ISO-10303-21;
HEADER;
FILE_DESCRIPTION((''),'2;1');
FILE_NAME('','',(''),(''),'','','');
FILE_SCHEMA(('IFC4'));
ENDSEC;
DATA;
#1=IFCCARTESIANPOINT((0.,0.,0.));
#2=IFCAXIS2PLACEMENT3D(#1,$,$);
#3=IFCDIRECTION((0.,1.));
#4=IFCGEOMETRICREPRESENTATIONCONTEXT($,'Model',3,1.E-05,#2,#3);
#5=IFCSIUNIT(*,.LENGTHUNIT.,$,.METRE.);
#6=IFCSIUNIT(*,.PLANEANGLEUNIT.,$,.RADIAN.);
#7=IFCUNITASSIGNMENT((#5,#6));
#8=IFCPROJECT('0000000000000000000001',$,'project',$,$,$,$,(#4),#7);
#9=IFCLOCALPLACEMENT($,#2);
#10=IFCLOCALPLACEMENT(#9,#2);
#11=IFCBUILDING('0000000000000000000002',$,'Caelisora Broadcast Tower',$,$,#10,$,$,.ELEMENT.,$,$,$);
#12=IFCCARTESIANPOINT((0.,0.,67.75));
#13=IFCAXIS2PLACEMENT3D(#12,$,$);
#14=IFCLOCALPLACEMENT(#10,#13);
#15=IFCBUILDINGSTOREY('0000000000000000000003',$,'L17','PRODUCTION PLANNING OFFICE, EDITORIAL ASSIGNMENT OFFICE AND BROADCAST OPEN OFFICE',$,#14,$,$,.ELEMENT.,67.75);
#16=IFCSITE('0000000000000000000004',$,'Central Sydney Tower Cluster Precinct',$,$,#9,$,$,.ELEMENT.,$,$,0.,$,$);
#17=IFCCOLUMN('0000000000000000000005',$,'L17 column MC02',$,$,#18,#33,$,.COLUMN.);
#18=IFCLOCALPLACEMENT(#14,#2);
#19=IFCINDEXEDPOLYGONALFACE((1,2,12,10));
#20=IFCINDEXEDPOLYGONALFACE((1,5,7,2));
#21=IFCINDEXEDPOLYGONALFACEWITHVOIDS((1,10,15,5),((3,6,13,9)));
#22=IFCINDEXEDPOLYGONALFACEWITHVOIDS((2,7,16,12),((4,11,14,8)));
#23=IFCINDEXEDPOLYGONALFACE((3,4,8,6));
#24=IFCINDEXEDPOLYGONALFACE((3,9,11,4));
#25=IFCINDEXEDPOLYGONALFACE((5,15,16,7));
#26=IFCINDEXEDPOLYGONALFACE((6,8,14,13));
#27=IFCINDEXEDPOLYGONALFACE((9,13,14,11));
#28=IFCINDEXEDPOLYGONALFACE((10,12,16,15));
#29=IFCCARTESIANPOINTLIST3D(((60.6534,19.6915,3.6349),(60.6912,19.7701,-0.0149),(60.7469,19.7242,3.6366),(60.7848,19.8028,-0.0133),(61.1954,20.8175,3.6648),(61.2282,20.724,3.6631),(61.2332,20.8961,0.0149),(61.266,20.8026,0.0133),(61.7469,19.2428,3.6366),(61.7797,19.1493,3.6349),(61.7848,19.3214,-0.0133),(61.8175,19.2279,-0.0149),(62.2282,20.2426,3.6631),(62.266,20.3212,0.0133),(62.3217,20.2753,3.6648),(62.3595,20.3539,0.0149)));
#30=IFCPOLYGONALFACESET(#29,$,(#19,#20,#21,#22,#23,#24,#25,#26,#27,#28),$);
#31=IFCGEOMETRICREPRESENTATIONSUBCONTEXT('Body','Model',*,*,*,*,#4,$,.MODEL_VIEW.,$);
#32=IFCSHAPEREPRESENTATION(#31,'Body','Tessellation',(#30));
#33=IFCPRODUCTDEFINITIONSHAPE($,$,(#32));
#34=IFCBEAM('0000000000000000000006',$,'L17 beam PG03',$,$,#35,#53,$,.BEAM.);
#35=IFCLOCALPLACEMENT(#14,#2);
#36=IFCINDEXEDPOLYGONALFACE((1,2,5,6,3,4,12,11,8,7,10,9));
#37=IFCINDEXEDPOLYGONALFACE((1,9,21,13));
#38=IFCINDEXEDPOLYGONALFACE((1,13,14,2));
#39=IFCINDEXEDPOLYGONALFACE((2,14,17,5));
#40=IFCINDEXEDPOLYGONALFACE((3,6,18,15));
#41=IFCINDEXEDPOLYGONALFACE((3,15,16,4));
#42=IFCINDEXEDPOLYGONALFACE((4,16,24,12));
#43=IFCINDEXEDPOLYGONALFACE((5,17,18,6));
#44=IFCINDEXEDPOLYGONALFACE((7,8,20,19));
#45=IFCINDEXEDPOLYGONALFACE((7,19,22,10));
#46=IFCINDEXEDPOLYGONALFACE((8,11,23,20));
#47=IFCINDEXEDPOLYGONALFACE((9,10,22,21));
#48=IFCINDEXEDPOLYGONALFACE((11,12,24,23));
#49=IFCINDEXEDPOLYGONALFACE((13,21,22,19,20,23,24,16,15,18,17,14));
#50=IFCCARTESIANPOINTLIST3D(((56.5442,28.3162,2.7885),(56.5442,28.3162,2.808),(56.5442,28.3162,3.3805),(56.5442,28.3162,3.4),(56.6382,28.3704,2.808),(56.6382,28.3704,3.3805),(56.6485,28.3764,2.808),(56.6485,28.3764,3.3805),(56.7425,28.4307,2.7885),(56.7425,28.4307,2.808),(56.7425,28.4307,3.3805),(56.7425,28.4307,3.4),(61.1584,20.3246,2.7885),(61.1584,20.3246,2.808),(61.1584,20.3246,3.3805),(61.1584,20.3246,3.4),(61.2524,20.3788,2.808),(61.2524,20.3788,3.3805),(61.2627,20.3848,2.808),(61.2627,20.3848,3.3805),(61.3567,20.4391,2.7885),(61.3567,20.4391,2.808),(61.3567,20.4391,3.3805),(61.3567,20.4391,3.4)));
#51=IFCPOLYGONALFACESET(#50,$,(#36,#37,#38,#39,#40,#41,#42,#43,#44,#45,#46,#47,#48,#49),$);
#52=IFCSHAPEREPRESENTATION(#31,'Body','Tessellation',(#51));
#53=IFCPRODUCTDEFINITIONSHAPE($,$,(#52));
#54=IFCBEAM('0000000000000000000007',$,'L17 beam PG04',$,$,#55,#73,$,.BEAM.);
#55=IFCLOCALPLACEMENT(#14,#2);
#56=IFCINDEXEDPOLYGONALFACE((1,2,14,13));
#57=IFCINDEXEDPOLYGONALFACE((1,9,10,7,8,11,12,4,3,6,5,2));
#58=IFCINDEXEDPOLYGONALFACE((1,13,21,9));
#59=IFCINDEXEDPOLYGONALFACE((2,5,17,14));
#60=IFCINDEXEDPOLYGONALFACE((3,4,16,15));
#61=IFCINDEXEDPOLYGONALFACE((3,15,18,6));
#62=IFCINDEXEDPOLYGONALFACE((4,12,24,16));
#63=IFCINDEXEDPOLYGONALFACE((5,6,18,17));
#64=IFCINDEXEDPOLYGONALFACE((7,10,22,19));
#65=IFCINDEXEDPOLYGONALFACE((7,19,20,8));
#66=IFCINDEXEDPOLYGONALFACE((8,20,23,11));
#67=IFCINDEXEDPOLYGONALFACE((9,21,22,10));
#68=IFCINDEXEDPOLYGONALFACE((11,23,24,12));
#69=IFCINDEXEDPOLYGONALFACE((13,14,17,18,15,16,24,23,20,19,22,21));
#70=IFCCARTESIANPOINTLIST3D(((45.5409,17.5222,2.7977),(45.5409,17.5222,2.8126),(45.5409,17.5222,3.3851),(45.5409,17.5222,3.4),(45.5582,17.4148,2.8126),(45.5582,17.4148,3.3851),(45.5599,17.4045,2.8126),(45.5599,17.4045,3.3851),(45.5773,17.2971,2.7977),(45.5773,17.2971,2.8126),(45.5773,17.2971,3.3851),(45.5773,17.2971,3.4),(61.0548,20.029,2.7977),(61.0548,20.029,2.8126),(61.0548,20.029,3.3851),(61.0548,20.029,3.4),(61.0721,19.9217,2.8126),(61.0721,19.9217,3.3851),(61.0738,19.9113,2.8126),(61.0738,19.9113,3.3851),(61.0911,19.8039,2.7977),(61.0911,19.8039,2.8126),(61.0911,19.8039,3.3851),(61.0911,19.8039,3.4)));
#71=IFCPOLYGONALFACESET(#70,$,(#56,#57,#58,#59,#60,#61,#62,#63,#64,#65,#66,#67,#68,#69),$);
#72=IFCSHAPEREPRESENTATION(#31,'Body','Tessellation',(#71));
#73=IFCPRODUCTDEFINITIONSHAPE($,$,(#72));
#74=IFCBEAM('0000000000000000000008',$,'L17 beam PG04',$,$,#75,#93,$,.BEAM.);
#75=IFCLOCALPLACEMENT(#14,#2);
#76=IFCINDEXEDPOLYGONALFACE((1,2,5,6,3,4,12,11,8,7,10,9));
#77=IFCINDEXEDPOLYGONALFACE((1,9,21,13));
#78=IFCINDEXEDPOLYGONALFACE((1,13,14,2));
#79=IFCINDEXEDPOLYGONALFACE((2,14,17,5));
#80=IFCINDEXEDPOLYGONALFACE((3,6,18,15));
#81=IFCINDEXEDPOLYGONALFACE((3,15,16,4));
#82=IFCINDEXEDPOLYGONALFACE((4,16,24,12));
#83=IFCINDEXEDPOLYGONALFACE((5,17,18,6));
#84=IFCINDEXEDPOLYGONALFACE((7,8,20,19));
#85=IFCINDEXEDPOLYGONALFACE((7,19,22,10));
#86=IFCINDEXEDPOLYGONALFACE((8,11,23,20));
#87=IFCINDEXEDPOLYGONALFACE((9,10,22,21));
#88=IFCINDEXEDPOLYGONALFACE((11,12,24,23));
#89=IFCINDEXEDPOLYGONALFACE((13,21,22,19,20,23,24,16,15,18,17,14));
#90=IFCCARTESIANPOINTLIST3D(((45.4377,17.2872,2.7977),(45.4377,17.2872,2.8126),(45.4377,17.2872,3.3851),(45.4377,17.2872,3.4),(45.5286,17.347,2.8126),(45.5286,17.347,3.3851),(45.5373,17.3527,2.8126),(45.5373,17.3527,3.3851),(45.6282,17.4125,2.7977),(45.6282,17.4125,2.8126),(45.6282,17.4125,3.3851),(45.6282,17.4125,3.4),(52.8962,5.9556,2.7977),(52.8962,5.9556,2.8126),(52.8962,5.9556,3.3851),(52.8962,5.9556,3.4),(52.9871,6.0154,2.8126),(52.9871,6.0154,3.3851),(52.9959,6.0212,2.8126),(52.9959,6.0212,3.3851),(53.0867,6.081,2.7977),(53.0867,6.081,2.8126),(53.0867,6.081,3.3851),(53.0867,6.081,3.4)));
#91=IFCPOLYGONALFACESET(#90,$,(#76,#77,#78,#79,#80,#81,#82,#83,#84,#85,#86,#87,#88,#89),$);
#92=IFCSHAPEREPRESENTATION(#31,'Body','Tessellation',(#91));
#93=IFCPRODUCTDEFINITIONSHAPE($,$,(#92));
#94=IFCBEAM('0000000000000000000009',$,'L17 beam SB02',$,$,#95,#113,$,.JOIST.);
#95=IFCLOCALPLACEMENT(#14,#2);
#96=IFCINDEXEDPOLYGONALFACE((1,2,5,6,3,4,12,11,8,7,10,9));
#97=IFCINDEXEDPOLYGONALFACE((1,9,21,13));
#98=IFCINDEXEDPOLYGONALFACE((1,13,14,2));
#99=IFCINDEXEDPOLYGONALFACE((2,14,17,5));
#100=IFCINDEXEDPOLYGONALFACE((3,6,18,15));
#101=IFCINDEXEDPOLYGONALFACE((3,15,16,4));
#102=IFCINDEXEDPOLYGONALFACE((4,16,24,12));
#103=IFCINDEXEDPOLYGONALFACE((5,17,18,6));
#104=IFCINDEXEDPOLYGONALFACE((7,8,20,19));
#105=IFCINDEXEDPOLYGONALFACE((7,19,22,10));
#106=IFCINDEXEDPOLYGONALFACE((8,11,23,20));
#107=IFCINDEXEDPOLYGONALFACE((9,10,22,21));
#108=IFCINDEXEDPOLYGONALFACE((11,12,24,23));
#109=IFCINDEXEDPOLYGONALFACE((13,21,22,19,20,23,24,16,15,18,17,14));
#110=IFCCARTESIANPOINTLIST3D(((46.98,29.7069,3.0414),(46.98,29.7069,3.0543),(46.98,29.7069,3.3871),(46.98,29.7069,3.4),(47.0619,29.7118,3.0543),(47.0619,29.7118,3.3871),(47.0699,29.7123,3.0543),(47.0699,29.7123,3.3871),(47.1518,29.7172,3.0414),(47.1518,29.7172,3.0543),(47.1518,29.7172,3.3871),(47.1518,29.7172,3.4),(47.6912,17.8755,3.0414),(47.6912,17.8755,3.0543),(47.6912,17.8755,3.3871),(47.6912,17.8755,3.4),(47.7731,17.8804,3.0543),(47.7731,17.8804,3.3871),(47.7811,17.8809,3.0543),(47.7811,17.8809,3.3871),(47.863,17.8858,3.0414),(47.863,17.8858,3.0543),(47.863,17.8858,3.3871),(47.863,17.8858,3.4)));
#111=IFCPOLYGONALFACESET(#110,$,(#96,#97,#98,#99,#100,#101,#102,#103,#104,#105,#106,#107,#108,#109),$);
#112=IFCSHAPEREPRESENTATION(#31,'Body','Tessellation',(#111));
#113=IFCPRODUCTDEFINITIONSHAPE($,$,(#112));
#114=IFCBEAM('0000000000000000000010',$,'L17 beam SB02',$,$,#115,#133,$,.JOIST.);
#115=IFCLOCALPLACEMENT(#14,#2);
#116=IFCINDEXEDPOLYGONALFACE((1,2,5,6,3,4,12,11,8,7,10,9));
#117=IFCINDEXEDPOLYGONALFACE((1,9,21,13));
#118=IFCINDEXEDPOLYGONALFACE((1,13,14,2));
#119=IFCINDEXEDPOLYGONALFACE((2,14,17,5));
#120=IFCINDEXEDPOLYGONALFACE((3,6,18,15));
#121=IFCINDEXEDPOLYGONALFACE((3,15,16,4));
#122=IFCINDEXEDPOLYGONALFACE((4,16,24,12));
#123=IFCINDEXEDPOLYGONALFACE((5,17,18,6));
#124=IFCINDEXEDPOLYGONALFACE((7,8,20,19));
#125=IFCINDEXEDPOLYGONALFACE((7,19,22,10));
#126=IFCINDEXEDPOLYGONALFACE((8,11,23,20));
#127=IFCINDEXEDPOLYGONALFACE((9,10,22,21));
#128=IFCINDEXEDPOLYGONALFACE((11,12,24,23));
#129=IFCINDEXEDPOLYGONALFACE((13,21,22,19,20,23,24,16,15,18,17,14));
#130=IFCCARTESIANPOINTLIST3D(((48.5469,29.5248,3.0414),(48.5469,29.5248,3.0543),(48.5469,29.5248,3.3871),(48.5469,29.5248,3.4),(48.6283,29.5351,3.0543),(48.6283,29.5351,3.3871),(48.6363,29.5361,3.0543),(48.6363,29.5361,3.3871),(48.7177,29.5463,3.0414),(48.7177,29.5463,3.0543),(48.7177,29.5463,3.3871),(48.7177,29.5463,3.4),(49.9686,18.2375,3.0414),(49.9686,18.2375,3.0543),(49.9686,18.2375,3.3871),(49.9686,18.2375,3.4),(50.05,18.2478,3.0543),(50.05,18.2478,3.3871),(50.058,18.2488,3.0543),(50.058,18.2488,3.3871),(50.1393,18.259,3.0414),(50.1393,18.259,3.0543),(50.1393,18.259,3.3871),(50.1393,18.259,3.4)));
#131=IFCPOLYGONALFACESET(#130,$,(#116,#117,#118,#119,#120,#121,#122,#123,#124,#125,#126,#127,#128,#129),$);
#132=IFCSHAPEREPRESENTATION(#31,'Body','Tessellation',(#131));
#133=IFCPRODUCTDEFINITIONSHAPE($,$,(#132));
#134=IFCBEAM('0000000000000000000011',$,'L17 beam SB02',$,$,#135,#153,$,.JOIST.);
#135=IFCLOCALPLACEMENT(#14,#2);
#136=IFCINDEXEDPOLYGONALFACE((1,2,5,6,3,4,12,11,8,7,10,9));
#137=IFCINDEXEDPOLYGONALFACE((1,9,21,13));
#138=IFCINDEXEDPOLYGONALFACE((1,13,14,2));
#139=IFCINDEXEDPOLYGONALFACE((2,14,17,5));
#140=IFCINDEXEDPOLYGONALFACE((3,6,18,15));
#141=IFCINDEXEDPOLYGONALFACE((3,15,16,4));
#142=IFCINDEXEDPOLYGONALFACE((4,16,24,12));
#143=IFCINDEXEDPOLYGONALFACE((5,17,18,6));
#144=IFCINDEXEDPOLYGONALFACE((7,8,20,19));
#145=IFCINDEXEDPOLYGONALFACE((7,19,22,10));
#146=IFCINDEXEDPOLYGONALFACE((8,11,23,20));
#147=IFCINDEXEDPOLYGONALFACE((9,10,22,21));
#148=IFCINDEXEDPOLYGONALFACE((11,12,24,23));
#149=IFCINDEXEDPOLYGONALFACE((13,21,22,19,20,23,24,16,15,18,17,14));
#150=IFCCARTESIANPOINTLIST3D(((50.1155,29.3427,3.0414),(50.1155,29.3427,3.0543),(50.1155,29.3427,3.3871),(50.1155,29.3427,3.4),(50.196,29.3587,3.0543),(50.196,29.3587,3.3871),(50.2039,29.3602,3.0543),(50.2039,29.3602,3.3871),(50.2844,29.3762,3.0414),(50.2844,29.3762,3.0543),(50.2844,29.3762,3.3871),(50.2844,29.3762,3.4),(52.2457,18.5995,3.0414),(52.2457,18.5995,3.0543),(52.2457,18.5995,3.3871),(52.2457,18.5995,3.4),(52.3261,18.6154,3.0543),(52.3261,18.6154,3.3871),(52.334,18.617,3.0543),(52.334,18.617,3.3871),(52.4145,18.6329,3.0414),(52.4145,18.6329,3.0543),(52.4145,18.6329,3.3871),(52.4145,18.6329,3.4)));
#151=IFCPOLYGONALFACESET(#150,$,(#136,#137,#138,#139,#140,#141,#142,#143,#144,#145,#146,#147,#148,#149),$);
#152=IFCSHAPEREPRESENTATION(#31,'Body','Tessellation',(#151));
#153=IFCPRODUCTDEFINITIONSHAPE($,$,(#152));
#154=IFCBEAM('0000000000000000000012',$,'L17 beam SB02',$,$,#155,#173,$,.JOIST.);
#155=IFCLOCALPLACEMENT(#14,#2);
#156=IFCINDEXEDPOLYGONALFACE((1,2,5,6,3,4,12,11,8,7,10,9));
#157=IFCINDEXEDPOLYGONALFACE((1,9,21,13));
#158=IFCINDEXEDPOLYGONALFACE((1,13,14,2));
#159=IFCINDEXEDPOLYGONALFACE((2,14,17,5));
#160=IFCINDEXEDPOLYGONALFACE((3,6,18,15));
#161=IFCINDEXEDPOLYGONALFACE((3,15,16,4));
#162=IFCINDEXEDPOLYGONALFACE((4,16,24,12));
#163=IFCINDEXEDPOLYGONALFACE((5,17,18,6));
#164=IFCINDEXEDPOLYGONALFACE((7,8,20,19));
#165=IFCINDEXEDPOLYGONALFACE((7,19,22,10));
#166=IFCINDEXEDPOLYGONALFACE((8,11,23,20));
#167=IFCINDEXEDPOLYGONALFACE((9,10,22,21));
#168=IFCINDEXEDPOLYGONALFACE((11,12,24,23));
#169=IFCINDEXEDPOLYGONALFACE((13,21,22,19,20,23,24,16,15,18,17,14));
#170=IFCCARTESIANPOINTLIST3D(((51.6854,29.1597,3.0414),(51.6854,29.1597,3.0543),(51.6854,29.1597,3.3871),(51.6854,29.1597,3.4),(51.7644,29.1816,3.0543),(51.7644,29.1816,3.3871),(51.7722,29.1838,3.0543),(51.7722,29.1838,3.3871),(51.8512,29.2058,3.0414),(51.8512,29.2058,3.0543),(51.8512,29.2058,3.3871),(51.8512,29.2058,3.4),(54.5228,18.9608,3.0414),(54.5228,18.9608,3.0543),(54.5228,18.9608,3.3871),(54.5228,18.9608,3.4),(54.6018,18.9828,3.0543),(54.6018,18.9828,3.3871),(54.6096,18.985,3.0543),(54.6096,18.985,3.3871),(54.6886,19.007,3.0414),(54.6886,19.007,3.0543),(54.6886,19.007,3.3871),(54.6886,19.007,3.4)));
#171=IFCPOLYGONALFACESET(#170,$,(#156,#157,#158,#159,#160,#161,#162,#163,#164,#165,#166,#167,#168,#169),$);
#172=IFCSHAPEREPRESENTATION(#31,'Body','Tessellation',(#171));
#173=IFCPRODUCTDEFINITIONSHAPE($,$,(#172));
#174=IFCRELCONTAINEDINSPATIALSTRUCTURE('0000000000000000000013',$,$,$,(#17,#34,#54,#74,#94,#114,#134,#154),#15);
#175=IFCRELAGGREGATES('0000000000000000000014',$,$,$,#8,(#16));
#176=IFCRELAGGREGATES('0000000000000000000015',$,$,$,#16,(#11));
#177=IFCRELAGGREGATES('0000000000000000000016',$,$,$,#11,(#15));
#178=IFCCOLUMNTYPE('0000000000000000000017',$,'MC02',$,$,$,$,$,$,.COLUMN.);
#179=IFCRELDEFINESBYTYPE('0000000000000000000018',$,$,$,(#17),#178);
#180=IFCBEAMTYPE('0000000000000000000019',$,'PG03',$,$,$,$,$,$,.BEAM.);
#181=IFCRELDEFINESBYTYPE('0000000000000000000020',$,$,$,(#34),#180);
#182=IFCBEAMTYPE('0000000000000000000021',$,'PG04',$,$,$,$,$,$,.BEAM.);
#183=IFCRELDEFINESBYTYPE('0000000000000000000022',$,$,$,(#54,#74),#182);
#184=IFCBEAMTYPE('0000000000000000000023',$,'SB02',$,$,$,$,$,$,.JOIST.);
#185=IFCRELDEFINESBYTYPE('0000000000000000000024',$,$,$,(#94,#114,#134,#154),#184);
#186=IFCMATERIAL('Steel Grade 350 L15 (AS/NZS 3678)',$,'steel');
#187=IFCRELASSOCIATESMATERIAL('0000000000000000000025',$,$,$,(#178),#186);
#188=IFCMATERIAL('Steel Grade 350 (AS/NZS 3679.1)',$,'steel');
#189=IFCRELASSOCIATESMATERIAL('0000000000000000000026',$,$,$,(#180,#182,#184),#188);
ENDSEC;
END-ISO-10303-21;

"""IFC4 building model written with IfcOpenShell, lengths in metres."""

from ifc_helpers import new_model, si_unit, direction, frame, origin, origin_2d, place, context, subcontext, project, spatial, hollow_rectangle, i_section, extrude, source, transform, mapped, material, material_profile, profile_set, type_object, type_shapes, element, save


model = new_model("IFC4")

# Units and contexts
model_context = context("Model", 3, precision=1e-05, world=origin(), true_north=direction((0.0, 1.0)))
body_context = subcontext(model_context, "Body", "Model", "MODEL_VIEW")
ifc_project = project(units=[si_unit("LENGTHUNIT", "METRE"), si_unit("PLANEANGLEUNIT", "RADIAN")], contexts=[model_context])

# Site, building, storey
site_placement = place(None, origin())
site = spatial("IfcSite", under=ifc_project, at=site_placement, Name="Central Sydney Tower Cluster Precinct", CompositionType="ELEMENT", RefElevation=0.0)
building_placement = place(site_placement, origin())
building = spatial("IfcBuilding", under=site, at=building_placement, Name="Caelisora Broadcast Tower", CompositionType="ELEMENT")
storey_placement = place(building_placement, frame((0.0, 0.0, 67.75)))
storey = spatial("IfcBuildingStorey", under=building, at=storey_placement, Name="L17", Description="PRODUCTION PLANNING OFFICE, EDITORIAL ASSIGNMENT OFFICE AND BROADCAST OPEN OFFICE", CompositionType="ELEMENT", Elevation=67.75)

# Column
ifc_material_1 = material(Name="Steel Grade 350 L15 (AS/NZS 3678)", Category="steel")
ifc_material_profile_1 = material_profile(ifc_material_1, hollow_rectangle(XDim=1.25, YDim=1.25, WallThickness=0.0701, at=origin_2d()), Name="Steel Grade 350 L15 (AS/NZS 3678)")
ifc_profile_set_1 = profile_set([ifc_material_profile_1], Name="Steel Grade 350 L15 (AS/NZS 3678)")
column_type = type_object("IfcColumnType", Name="MC02", PredefinedType="COLUMN", material=ifc_profile_set_1)
shared_shape_1 = source(origin(), body_context, "Body", "SweptSolid", [
    extrude(hollow_rectangle(XDim=1.25, YDim=1.25, WallThickness=0.0701, at=origin_2d()), origin(), (0.0, 0.0, 1.0), 3.6509),
])
type_shapes(column_type, [shared_shape_1])
column_placement = place(storey_placement, frame((61.5254, 20.062, 0.0), z_axis=(-0.010365, -0.021532, 0.999714), x_axis=(0.901042, -0.433731, 0.0)))
element("IfcColumn", 1, at=column_placement, inside=storey, type_object=column_type, Name="L17 column MC02", PredefinedType="COLUMN", context=body_context, shape_type="MappedRepresentation", body=[
    mapped(shared_shape_1, transform((0.0, 0.0, 0.0), scale=1.0)),
])

# Beams
ifc_material_2 = material(Name="Steel Grade 350 (AS/NZS 3679.1)", Category="steel")
ifc_material_profile_2 = material_profile(ifc_material_2, i_section(OverallWidth=0.229, OverallDepth=0.6116, WebThickness=0.012, FlangeThickness=0.0195, at=origin_2d()), Name="Steel Grade 350 (AS/NZS 3679.1)")
ifc_profile_set_2 = profile_set([ifc_material_profile_2], Name="Steel Grade 350 (AS/NZS 3679.1)")
beam_type_1 = type_object("IfcBeamType", Name="PG03", PredefinedType="BEAM", material=ifc_profile_set_2)
shared_shape_2 = source(origin(), body_context, "Body", "SweptSolid", [
    extrude(i_section(OverallWidth=0.229, OverallDepth=0.6116, WebThickness=0.012, FlangeThickness=0.0195, at=origin_2d()), origin(), (0.0, 0.0, 1.0), 9.228),
])
type_shapes(beam_type_1, [shared_shape_2])
beam_1_placement = place(storey_placement, frame((61.2576, 20.3818, 3.0942), z_axis=(-0.50002, 0.866014, 0.0), x_axis=(-0.866014, -0.50002, 0.0)))
element("IfcBeam", 2, at=beam_1_placement, inside=storey, type_object=beam_type_1, Name="L17 beam PG03", PredefinedType="BEAM", context=body_context, shape_type="MappedRepresentation", body=[
    mapped(shared_shape_2, transform((0.0, 0.0, 0.0), scale=1.0)),
])
ifc_material_profile_3 = material_profile(ifc_material_2, i_section(OverallWidth=0.228, OverallDepth=0.6023, WebThickness=0.0105, FlangeThickness=0.0149, at=origin_2d()), Name="Steel Grade 350 (AS/NZS 3679.1)")
ifc_profile_set_3 = profile_set([ifc_material_profile_3], Name="Steel Grade 350 (AS/NZS 3679.1)")
beam_type_2 = type_object("IfcBeamType", Name="PG04", PredefinedType="BEAM", material=ifc_profile_set_3)
shared_shape_3 = source(origin(), body_context, "Body", "SweptSolid", [
    extrude(i_section(OverallWidth=0.228, OverallDepth=0.6023, WebThickness=0.0105, FlangeThickness=0.0149, at=origin_2d()), origin(), (0.0, 0.0, 1.0), 15.7151),
])
beam_2_placement = place(storey_placement, frame((45.5591, 17.4097, 3.0989), z_axis=(0.987195, 0.159517, 0.0), x_axis=(-0.159517, 0.987195, 0.0)))
element("IfcBeam", 3, at=beam_2_placement, inside=storey, type_object=beam_type_2, Name="L17 beam PG04", PredefinedType="BEAM", context=body_context, shape_type="MappedRepresentation", body=[
    mapped(shared_shape_3, transform((0.0, 0.0, 0.0), scale=1.0)),
])
shared_shape_4 = source(origin(), body_context, "Body", "SweptSolid", [
    extrude(i_section(OverallWidth=0.228, OverallDepth=0.6023, WebThickness=0.0105, FlangeThickness=0.0149, at=origin_2d()), origin(), (0.0, 0.0, 1.0), 13.5659),
])
type_shapes(beam_type_2, [shared_shape_3, shared_shape_4])
beam_3_placement = place(storey_placement, frame((45.533, 17.3499, 3.0989), z_axis=(0.549798, -0.835297, 0.0), x_axis=(0.835297, 0.549798, 0.0)))
element("IfcBeam", 4, at=beam_3_placement, inside=storey, type_object=beam_type_2, Name="L17 beam PG04", PredefinedType="BEAM", context=body_context, shape_type="MappedRepresentation", body=[
    mapped(shared_shape_4, transform((0.0, 0.0, 0.0), scale=1.0)),
])
ifc_material_profile_4 = material_profile(ifc_material_2, i_section(OverallWidth=0.1721, OverallDepth=0.3586, WebThickness=0.0081, FlangeThickness=0.0129, at=origin_2d()), Name="Steel Grade 350 (AS/NZS 3679.1)")
ifc_profile_set_4 = profile_set([ifc_material_profile_4], Name="Steel Grade 350 (AS/NZS 3679.1)")
beam_type_3 = type_object("IfcBeamType", Name="SB02", PredefinedType="JOIST", material=ifc_profile_set_4)
shared_shape_5 = source(origin(), body_context, "Body", "SweptSolid", [
    extrude(i_section(OverallWidth=0.1721, OverallDepth=0.3586, WebThickness=0.0081, FlangeThickness=0.0129, at=origin_2d()), origin(), (0.0, 0.0, 1.0), 11.8528),
])
beam_4_placement = place(storey_placement, frame((47.7771, 17.8806, 3.2207), z_axis=(-0.060001, 0.998198, 0.0), x_axis=(-0.998198, -0.060001, 0.0)))
element("IfcBeam", 5, at=beam_4_placement, inside=storey, type_object=beam_type_3, Name="L17 beam SB02", PredefinedType="JOIST", context=body_context, shape_type="MappedRepresentation", body=[
    mapped(shared_shape_5, transform((0.0, 0.0, 0.0), scale=1.0)),
])
shared_shape_6 = source(origin(), body_context, "Body", "SweptSolid", [
    extrude(i_section(OverallWidth=0.1721, OverallDepth=0.3586, WebThickness=0.0081, FlangeThickness=0.0129, at=origin_2d()), origin(), (0.0, 0.0, 1.0), 11.3765),
])
beam_5_placement = place(storey_placement, frame((50.054, 18.2483, 3.2207), z_axis=(-0.124962, 0.992162, 0.0), x_axis=(-0.992162, -0.124962, 0.0)))
element("IfcBeam", 6, at=beam_5_placement, inside=storey, type_object=beam_type_3, Name="L17 beam SB02", PredefinedType="JOIST", context=body_context, shape_type="MappedRepresentation", body=[
    mapped(shared_shape_6, transform((0.0, 0.0, 0.0), scale=1.0)),
])
shared_shape_7 = source(origin(), body_context, "Body", "SweptSolid", [
    extrude(i_section(OverallWidth=0.1721, OverallDepth=0.3586, WebThickness=0.0081, FlangeThickness=0.0129, at=origin_2d()), origin(), (0.0, 0.0, 1.0), 10.9524),
])
beam_6_placement = place(storey_placement, frame((52.3301, 18.6162, 3.2207), z_axis=(-0.194491, 0.980904, 0.0), x_axis=(-0.980904, -0.194491, 0.0)))
element("IfcBeam", 7, at=beam_6_placement, inside=storey, type_object=beam_type_3, Name="L17 beam SB02", PredefinedType="JOIST", context=body_context, shape_type="MappedRepresentation", body=[
    mapped(shared_shape_7, transform((0.0, 0.0, 0.0), scale=1.0)),
])
shared_shape_8 = source(origin(), body_context, "Body", "SweptSolid", [
    extrude(i_section(OverallWidth=0.1721, OverallDepth=0.3586, WebThickness=0.0081, FlangeThickness=0.0129, at=origin_2d()), origin(), (0.0, 0.0, 1.0), 10.5862),
])
beam_7_placement = place(storey_placement, frame((54.6057, 18.9839, 3.2207), z_axis=(-0.268032, 0.96341, 0.0), x_axis=(-0.96341, -0.268032, 0.0)))
element("IfcBeam", 8, at=beam_7_placement, inside=storey, type_object=beam_type_3, Name="L17 beam SB02", PredefinedType="JOIST", context=body_context, shape_type="MappedRepresentation", body=[
    mapped(shared_shape_8, transform((0.0, 0.0, 0.0), scale=1.0)),
])

save(model, "model.ifc")
